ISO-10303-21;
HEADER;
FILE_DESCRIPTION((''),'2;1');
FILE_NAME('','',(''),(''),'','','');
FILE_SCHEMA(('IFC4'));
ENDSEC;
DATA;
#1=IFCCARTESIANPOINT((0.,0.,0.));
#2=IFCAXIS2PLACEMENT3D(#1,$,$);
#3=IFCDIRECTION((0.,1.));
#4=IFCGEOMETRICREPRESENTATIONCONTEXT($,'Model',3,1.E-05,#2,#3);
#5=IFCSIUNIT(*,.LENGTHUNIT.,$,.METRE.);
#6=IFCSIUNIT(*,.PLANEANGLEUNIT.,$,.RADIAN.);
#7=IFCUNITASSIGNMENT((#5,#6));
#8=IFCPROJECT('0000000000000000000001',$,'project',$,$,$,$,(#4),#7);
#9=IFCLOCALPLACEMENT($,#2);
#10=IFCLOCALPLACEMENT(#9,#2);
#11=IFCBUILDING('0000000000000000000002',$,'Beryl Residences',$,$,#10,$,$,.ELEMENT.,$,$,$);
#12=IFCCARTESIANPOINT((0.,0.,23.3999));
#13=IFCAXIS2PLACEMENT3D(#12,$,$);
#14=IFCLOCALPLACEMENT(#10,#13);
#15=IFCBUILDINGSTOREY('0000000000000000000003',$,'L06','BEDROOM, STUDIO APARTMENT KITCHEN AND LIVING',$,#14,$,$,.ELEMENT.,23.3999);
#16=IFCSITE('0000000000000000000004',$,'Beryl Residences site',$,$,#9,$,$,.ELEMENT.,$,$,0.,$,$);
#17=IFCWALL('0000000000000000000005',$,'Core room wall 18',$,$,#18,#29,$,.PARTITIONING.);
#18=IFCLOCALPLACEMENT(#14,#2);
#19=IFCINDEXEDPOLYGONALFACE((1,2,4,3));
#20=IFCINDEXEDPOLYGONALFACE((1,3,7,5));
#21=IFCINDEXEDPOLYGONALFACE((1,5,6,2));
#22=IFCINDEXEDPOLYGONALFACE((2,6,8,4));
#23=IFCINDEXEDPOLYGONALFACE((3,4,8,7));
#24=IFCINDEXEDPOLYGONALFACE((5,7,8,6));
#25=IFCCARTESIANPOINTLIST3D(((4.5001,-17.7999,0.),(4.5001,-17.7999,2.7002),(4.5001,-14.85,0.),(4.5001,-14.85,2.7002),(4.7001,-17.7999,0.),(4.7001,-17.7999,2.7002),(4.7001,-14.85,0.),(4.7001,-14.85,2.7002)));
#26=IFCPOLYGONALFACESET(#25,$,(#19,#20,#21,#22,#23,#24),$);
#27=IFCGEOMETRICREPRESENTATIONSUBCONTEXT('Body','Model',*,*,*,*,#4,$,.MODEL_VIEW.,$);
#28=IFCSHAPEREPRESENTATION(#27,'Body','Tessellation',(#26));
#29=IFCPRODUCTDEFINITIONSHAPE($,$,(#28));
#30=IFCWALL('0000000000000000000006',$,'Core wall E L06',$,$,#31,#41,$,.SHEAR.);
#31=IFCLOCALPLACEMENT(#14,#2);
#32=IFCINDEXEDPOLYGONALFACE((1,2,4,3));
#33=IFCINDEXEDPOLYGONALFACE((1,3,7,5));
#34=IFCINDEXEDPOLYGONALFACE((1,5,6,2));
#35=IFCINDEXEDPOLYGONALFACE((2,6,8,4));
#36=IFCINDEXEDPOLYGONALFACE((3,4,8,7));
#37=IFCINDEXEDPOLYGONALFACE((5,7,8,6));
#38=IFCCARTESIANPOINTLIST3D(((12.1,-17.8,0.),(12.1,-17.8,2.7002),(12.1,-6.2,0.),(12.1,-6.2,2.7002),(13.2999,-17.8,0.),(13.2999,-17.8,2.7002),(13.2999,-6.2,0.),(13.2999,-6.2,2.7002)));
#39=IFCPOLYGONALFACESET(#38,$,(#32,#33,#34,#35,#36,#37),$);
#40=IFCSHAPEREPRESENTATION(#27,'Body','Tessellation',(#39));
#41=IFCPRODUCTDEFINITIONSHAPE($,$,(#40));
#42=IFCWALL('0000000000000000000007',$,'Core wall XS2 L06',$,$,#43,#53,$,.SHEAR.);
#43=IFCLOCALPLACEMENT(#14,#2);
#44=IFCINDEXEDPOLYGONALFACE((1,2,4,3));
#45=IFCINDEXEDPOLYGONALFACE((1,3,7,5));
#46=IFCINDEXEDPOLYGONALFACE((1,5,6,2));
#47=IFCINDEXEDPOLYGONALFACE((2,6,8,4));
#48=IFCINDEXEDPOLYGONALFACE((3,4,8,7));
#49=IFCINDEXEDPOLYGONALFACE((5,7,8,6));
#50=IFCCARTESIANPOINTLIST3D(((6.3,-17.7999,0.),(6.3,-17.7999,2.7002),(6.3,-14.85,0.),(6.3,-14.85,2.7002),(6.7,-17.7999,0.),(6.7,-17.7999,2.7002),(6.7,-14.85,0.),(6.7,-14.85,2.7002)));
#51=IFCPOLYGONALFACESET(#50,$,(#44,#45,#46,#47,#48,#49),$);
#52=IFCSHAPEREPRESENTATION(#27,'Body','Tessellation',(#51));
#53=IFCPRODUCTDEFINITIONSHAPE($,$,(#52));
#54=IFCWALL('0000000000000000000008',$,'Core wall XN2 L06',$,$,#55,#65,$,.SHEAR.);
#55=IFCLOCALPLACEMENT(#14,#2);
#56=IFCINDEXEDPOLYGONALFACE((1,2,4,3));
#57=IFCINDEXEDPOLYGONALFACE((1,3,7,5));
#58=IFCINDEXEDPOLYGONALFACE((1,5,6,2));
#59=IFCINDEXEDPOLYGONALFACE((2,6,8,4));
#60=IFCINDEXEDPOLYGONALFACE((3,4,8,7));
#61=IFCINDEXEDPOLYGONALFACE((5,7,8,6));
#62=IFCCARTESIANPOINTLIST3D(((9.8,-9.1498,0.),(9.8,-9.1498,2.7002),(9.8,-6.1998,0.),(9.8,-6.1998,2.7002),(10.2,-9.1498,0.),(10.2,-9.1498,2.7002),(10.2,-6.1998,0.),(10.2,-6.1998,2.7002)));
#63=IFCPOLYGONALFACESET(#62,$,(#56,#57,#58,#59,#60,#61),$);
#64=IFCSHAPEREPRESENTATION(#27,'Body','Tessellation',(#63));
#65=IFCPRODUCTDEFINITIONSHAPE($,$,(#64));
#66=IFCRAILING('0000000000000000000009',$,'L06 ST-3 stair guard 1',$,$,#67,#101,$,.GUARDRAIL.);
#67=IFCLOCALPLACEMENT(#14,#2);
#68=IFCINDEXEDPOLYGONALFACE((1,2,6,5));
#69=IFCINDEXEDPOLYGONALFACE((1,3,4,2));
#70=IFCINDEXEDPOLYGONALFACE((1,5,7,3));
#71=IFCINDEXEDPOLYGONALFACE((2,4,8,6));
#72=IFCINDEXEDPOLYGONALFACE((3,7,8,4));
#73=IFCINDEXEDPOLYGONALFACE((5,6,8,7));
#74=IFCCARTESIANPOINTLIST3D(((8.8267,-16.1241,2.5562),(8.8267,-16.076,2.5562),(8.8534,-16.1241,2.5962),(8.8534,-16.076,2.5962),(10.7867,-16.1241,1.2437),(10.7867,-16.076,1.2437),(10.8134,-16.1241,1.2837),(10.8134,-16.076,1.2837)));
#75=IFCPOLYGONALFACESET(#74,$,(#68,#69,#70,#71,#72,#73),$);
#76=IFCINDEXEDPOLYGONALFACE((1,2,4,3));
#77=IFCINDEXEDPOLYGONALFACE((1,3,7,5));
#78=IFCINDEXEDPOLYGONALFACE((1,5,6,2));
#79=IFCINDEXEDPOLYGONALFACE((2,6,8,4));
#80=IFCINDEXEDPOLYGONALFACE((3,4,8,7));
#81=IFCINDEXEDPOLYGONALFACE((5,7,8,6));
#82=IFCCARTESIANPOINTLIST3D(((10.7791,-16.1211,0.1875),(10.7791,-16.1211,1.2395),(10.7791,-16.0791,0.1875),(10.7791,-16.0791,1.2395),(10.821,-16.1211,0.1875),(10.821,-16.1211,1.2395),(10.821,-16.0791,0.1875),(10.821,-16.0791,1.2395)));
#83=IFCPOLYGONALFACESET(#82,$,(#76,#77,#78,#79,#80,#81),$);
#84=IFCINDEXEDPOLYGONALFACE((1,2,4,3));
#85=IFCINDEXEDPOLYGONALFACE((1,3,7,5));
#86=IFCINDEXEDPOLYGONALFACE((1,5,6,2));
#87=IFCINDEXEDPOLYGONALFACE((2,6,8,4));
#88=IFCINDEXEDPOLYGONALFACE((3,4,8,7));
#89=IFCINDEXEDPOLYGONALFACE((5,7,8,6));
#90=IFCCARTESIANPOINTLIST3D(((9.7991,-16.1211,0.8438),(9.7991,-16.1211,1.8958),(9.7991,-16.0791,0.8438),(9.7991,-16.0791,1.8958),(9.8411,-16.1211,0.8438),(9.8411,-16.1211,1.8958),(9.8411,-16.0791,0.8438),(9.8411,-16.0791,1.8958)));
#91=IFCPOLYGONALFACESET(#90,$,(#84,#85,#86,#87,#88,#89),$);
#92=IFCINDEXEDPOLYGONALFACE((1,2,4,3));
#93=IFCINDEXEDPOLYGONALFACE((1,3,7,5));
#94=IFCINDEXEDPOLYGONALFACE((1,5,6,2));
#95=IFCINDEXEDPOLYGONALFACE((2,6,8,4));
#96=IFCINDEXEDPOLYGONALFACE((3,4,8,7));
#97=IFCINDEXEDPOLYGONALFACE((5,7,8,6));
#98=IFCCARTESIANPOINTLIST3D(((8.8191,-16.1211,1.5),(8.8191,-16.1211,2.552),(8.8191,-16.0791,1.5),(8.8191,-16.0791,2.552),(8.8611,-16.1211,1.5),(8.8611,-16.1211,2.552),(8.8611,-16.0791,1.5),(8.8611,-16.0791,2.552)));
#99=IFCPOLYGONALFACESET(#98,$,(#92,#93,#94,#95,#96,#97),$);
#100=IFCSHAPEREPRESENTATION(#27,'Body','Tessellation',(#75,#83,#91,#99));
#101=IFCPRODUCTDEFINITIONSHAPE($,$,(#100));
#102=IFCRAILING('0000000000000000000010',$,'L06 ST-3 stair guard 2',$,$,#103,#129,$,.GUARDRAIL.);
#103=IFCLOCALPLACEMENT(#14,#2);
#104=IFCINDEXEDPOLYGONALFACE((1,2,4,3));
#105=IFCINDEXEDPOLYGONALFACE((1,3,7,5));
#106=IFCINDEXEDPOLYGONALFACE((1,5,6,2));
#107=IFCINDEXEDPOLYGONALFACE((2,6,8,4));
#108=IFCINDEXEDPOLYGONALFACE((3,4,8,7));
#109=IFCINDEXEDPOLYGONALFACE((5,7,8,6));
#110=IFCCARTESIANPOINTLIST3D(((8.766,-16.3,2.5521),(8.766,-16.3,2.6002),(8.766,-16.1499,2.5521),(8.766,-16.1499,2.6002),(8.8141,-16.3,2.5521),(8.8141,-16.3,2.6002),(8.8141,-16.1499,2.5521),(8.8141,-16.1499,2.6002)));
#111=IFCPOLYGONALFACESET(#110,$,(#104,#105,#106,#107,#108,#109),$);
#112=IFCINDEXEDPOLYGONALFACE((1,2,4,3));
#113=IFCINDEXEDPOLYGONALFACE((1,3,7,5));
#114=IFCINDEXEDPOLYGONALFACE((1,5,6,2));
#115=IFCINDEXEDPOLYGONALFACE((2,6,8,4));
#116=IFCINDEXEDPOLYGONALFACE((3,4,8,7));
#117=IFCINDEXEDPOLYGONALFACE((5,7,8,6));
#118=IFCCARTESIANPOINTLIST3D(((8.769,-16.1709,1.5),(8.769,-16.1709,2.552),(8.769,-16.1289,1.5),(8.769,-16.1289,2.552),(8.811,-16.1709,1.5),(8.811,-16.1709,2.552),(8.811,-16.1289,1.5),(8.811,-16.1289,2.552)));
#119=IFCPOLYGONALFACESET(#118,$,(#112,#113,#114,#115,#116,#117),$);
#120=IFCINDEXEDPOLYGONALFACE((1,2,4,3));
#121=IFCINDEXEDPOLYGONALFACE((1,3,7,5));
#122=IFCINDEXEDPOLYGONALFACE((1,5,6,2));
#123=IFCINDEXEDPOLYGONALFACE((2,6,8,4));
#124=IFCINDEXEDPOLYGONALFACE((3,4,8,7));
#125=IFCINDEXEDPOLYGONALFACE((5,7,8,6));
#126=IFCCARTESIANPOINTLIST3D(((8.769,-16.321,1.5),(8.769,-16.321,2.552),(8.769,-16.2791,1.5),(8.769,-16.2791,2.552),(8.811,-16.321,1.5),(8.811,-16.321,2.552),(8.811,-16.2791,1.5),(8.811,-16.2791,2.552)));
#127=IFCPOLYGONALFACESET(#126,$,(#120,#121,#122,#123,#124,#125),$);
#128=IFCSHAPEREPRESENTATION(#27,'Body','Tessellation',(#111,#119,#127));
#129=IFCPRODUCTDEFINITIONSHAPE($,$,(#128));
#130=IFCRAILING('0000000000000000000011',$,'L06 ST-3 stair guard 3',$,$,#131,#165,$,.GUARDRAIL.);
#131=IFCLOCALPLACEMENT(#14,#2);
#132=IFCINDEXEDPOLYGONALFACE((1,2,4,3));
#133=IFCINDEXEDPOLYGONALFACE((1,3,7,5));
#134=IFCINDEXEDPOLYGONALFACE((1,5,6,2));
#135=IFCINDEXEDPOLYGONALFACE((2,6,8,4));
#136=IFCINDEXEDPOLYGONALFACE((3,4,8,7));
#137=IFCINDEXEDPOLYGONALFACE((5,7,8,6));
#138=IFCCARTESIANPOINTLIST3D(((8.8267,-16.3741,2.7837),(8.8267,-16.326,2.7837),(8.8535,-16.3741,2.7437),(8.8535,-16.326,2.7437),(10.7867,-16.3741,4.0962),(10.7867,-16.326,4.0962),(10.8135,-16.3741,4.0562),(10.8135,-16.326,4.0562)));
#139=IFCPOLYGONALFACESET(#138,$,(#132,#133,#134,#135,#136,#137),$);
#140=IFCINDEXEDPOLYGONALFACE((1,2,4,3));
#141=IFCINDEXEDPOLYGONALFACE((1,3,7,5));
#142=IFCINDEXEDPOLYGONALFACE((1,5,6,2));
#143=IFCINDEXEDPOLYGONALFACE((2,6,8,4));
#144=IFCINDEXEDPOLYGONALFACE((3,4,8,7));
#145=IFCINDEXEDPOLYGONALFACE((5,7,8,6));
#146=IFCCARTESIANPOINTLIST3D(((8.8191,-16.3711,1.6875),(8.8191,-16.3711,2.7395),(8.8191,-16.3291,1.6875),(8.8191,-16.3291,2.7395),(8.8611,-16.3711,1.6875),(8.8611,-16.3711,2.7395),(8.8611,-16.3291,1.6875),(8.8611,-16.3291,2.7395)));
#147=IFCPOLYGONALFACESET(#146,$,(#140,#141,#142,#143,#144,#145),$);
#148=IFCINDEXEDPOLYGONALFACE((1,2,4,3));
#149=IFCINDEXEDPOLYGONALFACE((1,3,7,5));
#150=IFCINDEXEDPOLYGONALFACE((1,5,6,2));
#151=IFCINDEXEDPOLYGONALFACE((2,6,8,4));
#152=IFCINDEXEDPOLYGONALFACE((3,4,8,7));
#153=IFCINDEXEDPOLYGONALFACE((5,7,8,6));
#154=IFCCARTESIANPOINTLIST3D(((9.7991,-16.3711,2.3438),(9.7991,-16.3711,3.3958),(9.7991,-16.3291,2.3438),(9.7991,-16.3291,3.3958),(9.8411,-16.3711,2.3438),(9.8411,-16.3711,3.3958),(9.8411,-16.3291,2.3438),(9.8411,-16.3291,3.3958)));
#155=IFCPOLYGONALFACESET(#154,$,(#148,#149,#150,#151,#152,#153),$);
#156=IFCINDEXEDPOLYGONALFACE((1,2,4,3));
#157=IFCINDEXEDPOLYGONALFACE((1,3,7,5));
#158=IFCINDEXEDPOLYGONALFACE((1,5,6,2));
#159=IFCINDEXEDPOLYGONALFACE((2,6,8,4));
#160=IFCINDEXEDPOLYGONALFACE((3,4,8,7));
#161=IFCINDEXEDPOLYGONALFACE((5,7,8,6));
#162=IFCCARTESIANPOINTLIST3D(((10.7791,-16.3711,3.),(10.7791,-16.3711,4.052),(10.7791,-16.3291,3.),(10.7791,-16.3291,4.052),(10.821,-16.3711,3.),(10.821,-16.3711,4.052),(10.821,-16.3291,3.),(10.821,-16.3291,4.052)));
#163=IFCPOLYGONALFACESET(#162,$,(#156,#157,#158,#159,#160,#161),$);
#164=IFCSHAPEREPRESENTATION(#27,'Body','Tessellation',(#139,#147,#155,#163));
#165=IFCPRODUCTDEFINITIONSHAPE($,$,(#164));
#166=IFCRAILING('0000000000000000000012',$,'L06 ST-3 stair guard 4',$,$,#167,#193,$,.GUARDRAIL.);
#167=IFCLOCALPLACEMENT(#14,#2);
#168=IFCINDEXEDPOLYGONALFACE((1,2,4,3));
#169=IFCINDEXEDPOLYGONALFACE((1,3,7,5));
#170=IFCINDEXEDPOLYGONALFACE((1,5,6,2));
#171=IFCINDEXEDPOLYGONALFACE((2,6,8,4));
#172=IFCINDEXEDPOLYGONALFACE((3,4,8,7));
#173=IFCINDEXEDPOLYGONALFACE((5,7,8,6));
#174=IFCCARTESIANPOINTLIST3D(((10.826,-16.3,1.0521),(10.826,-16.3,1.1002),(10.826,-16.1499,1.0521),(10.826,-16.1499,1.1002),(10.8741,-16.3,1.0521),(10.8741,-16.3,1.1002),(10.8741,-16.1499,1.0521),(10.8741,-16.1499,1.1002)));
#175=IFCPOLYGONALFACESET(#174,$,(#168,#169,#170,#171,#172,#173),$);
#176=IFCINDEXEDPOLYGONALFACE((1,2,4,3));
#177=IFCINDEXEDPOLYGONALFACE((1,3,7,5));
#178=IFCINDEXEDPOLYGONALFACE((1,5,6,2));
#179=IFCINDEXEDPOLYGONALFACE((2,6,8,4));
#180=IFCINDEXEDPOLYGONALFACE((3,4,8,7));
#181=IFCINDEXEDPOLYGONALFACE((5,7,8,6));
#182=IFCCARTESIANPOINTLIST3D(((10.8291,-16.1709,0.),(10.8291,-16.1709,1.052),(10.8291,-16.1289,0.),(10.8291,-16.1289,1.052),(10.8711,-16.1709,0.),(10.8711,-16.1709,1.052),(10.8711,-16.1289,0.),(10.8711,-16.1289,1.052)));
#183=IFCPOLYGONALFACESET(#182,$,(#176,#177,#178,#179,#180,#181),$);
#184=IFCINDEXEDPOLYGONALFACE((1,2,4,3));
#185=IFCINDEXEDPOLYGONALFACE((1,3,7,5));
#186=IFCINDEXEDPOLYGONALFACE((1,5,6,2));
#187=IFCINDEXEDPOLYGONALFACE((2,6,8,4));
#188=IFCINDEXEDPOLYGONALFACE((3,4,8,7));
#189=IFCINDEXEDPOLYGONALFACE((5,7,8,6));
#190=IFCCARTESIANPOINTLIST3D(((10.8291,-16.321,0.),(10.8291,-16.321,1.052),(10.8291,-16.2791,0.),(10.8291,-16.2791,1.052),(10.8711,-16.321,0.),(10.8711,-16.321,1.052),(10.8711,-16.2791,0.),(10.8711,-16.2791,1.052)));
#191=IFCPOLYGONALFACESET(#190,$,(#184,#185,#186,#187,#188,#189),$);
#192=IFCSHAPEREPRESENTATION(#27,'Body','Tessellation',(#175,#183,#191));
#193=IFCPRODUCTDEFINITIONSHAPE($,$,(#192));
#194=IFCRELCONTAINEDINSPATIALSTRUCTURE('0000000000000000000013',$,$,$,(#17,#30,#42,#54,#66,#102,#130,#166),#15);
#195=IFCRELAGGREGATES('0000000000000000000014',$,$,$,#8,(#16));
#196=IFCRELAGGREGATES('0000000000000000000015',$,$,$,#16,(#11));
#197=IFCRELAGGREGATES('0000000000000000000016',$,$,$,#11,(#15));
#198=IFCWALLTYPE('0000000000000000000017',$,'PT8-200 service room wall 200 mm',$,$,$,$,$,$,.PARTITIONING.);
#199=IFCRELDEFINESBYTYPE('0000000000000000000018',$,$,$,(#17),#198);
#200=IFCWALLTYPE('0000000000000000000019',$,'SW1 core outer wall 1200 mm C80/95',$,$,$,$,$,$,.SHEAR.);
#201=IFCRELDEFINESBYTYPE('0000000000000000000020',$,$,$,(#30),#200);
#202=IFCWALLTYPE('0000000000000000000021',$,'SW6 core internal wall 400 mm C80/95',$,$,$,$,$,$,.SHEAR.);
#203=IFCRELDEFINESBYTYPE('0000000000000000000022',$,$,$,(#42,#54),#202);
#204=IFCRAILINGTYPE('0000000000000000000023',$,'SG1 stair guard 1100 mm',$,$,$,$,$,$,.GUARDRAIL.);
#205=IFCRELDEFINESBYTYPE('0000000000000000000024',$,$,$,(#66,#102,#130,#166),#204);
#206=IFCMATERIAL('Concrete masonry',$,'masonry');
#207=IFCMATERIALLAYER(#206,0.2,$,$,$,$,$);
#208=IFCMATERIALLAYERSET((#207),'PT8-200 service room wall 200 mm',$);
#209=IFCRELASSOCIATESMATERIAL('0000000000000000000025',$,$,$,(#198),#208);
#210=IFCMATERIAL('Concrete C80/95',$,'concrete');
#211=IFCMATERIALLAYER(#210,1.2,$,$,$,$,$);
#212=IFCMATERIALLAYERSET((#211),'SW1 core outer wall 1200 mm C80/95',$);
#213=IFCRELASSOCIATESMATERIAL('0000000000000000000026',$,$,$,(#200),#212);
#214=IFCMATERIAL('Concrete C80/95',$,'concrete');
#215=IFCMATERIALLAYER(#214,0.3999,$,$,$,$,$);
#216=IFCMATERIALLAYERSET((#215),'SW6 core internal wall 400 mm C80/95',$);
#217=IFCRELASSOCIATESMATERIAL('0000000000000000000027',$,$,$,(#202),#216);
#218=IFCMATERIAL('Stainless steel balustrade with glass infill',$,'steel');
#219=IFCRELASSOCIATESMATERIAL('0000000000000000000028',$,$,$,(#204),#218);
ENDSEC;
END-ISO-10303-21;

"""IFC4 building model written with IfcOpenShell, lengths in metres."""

from ifc_helpers import new_model, si_unit, direction, frame, frame_2d, origin, origin_2d, place, context, subcontext, project, spatial, rectangle, extrude, material, layer, layer_set, type_object, element, save


model = new_model("IFC4")

# Units and contexts
model_context = context("Model", 3, precision=1e-05, world=origin(), true_north=direction((0.0, 1.0)))
body_context = subcontext(model_context, "Body", "Model", "MODEL_VIEW")
ifc_project = project(units=[si_unit("LENGTHUNIT", "METRE"), si_unit("PLANEANGLEUNIT", "RADIAN")], contexts=[model_context])

# Site, building, storey
site_placement = place(None, origin())
site = spatial("IfcSite", under=ifc_project, at=site_placement, Name="Beryl Residences site", CompositionType="ELEMENT", RefElevation=0.0)
building_placement = place(site_placement, origin())
building = spatial("IfcBuilding", under=site, at=building_placement, Name="Beryl Residences", CompositionType="ELEMENT")
storey_placement = place(building_placement, frame((0.0, 0.0, 23.3999)))
storey = spatial("IfcBuildingStorey", under=building, at=storey_placement, Name="L06", Description="BEDROOM, STUDIO APARTMENT KITCHEN AND LIVING", CompositionType="ELEMENT", Elevation=23.3999)

# Walls
ifc_material_1 = material(Name="Concrete masonry", Category="masonry")
ifc_layer_1 = layer(ifc_material_1, 0.2)
ifc_layer_set_1 = layer_set([ifc_layer_1], Name="PT8-200 service room wall 200 mm")
wall_type_1 = type_object("IfcWallType", Name="PT8-200 service room wall 200 mm", PredefinedType="PARTITIONING", material=ifc_layer_set_1)
wall_1_placement = place(storey_placement, frame((4.6001, -17.8, 0.0), z_axis=(0.0, 0.0, 1.0), x_axis=(0.0, 1.0, 0.0)))
element("IfcWall", 1, at=wall_1_placement, inside=storey, type_object=wall_type_1, Name="Core room wall 18", PredefinedType="PARTITIONING", context=body_context, shape_type="SweptSolid", body=[
    extrude(rectangle(XDim=2.95, YDim=0.2, at=frame_2d((1.4751, 0.0))), origin(), (0.0, 0.0, 1.0), 2.7002),
])
ifc_material_2 = material(Name="Concrete C80/95", Category="concrete")
ifc_layer_2 = layer(ifc_material_2, 1.2)
ifc_layer_set_2 = layer_set([ifc_layer_2], Name="SW1 core outer wall 1200 mm C80/95")
wall_type_2 = type_object("IfcWallType", Name="SW1 core outer wall 1200 mm C80/95", PredefinedType="SHEAR", material=ifc_layer_set_2)
wall_2_placement = place(storey_placement, frame((12.7, -17.8, 0.0), z_axis=(0.0, 0.0, 1.0), x_axis=(0.0, 1.0, 0.0)))
element("IfcWall", 2, at=wall_2_placement, inside=storey, type_object=wall_type_2, Name="Core wall E L06", PredefinedType="SHEAR", context=body_context, shape_type="SweptSolid", body=[
    extrude(rectangle(XDim=11.6001, YDim=1.2, at=frame_2d((5.8, 0.0))), origin(), (0.0, 0.0, 1.0), 2.7002),
])
ifc_material_3 = material(Name="Concrete C80/95", Category="concrete")
ifc_layer_3 = layer(ifc_material_3, 0.3999)
ifc_layer_set_3 = layer_set([ifc_layer_3], Name="SW6 core internal wall 400 mm C80/95")
wall_type_3 = type_object("IfcWallType", Name="SW6 core internal wall 400 mm C80/95", PredefinedType="SHEAR", material=ifc_layer_set_3)
for number, where, z_axis, x_axis, name in (
    (3, (6.5, -17.8, 0.0), (0.0, 0.0, 1.0), (0.0, 1.0, 0.0), "Core wall XS2 L06"),
    (4, (10.0, -9.1499, 0.0), (0.0, 0.0, 1.0), (0.0, 1.0, 0.0), "Core wall XN2 L06"),
):
    element("IfcWall", number, at=place(storey_placement, frame(where, z_axis=z_axis, x_axis=x_axis)), inside=storey, type_object=wall_type_3, Name=name, PredefinedType="SHEAR", context=body_context, shape_type="SweptSolid", body=[
        extrude(rectangle(XDim=2.95, YDim=0.3999, at=frame_2d((1.4751, 0.0))), origin(), (0.0, 0.0, 1.0), 2.7002),
    ])

# Railings
ifc_material_4 = material(Name="Stainless steel balustrade with glass infill", Category="steel")
railing_type_1 = type_object("IfcRailingType", Name="SG1 stair guard 1100 mm", PredefinedType="GUARDRAIL", material=ifc_material_4)
railing_1_placement = place(storey_placement, frame((10.8, -16.1001, 0.1875)))
element("IfcRailing", 5, at=railing_1_placement, inside=storey, type_object=railing_type_1, Name="L06 ST-3 stair guard 1", PredefinedType="GUARDRAIL", context=body_context, shape_type="SweptSolid", body=[
    extrude(rectangle(XDim=0.0481, YDim=0.0481, at=origin_2d()), frame((0.0, 0.0, 1.0762), z_axis=(-0.830902, 0.0, 0.556419), x_axis=(0.0, -1.0, 0.0)), (0.0, 0.0, 1.0), 2.3589),
    extrude(rectangle(XDim=0.042, YDim=0.042, at=origin_2d()), origin(), (0.0, 0.0, 1.0), 1.052),
    extrude(rectangle(XDim=0.042, YDim=0.042, at=origin_2d()), frame((-0.98, 0.0, 0.6562)), (0.0, 0.0, 1.0), 1.052),
    extrude(rectangle(XDim=0.042, YDim=0.042, at=origin_2d()), frame((-1.96, 0.0, 1.3125)), (0.0, 0.0, 1.0), 1.052),
])
railing_2_placement = place(storey_placement, frame((8.79, -16.1499, 1.5)))
element("IfcRailing", 6, at=railing_2_placement, inside=storey, type_object=railing_type_1, Name="L06 ST-3 stair guard 2", PredefinedType="GUARDRAIL", context=body_context, shape_type="SweptSolid", body=[
    extrude(rectangle(XDim=0.0481, YDim=0.0481, at=origin_2d()), frame((0.0, 0.0, 1.0762), z_axis=(0.0, -1.0, 0.0), x_axis=(1.0, 0.0, 0.0)), (0.0, 0.0, 1.0), 0.1501),
    extrude(rectangle(XDim=0.042, YDim=0.042, at=origin_2d()), origin(), (0.0, 0.0, 1.0), 1.052),
    extrude(rectangle(XDim=0.042, YDim=0.042, at=origin_2d()), frame((0.0, -0.1501, 0.0)), (0.0, 0.0, 1.0), 1.052),
])
railing_3_placement = place(storey_placement, frame((8.8401, -16.3501, 1.6875)))
element("IfcRailing", 7, at=railing_3_placement, inside=storey, type_object=railing_type_1, Name="L06 ST-3 stair guard 3", PredefinedType="GUARDRAIL", context=body_context, shape_type="SweptSolid", body=[
    extrude(rectangle(XDim=0.0481, YDim=0.0481, at=origin_2d()), frame((0.0, 0.0, 1.0762), z_axis=(0.830902, 0.0, 0.556419), x_axis=(0.0, 1.0, 0.0)), (0.0, 0.0, 1.0), 2.3589),
    extrude(rectangle(XDim=0.042, YDim=0.042, at=origin_2d()), origin(), (0.0, 0.0, 1.0), 1.052),
    extrude(rectangle(XDim=0.042, YDim=0.042, at=origin_2d()), frame((0.98, 0.0, 0.6562)), (0.0, 0.0, 1.0), 1.052),
    extrude(rectangle(XDim=0.042, YDim=0.042, at=origin_2d()), frame((1.96, 0.0, 1.3125)), (0.0, 0.0, 1.0), 1.052),
])
railing_4_placement = place(storey_placement, frame((10.8501, -16.1499, 0.0)))
element("IfcRailing", 8, at=railing_4_placement, inside=storey, type_object=railing_type_1, Name="L06 ST-3 stair guard 4", PredefinedType="GUARDRAIL", context=body_context, shape_type="SweptSolid", body=[
    extrude(rectangle(XDim=0.0481, YDim=0.0481, at=origin_2d()), frame((0.0, 0.0, 1.0762), z_axis=(0.0, -1.0, 0.0), x_axis=(1.0, 0.0, 0.0)), (0.0, 0.0, 1.0), 0.1501),
    extrude(rectangle(XDim=0.042, YDim=0.042, at=origin_2d()), origin(), (0.0, 0.0, 1.0), 1.052),
    extrude(rectangle(XDim=0.042, YDim=0.042, at=origin_2d()), frame((0.0, -0.1501, 0.0)), (0.0, 0.0, 1.0), 1.052),
])

save(model, "model.ifc")
